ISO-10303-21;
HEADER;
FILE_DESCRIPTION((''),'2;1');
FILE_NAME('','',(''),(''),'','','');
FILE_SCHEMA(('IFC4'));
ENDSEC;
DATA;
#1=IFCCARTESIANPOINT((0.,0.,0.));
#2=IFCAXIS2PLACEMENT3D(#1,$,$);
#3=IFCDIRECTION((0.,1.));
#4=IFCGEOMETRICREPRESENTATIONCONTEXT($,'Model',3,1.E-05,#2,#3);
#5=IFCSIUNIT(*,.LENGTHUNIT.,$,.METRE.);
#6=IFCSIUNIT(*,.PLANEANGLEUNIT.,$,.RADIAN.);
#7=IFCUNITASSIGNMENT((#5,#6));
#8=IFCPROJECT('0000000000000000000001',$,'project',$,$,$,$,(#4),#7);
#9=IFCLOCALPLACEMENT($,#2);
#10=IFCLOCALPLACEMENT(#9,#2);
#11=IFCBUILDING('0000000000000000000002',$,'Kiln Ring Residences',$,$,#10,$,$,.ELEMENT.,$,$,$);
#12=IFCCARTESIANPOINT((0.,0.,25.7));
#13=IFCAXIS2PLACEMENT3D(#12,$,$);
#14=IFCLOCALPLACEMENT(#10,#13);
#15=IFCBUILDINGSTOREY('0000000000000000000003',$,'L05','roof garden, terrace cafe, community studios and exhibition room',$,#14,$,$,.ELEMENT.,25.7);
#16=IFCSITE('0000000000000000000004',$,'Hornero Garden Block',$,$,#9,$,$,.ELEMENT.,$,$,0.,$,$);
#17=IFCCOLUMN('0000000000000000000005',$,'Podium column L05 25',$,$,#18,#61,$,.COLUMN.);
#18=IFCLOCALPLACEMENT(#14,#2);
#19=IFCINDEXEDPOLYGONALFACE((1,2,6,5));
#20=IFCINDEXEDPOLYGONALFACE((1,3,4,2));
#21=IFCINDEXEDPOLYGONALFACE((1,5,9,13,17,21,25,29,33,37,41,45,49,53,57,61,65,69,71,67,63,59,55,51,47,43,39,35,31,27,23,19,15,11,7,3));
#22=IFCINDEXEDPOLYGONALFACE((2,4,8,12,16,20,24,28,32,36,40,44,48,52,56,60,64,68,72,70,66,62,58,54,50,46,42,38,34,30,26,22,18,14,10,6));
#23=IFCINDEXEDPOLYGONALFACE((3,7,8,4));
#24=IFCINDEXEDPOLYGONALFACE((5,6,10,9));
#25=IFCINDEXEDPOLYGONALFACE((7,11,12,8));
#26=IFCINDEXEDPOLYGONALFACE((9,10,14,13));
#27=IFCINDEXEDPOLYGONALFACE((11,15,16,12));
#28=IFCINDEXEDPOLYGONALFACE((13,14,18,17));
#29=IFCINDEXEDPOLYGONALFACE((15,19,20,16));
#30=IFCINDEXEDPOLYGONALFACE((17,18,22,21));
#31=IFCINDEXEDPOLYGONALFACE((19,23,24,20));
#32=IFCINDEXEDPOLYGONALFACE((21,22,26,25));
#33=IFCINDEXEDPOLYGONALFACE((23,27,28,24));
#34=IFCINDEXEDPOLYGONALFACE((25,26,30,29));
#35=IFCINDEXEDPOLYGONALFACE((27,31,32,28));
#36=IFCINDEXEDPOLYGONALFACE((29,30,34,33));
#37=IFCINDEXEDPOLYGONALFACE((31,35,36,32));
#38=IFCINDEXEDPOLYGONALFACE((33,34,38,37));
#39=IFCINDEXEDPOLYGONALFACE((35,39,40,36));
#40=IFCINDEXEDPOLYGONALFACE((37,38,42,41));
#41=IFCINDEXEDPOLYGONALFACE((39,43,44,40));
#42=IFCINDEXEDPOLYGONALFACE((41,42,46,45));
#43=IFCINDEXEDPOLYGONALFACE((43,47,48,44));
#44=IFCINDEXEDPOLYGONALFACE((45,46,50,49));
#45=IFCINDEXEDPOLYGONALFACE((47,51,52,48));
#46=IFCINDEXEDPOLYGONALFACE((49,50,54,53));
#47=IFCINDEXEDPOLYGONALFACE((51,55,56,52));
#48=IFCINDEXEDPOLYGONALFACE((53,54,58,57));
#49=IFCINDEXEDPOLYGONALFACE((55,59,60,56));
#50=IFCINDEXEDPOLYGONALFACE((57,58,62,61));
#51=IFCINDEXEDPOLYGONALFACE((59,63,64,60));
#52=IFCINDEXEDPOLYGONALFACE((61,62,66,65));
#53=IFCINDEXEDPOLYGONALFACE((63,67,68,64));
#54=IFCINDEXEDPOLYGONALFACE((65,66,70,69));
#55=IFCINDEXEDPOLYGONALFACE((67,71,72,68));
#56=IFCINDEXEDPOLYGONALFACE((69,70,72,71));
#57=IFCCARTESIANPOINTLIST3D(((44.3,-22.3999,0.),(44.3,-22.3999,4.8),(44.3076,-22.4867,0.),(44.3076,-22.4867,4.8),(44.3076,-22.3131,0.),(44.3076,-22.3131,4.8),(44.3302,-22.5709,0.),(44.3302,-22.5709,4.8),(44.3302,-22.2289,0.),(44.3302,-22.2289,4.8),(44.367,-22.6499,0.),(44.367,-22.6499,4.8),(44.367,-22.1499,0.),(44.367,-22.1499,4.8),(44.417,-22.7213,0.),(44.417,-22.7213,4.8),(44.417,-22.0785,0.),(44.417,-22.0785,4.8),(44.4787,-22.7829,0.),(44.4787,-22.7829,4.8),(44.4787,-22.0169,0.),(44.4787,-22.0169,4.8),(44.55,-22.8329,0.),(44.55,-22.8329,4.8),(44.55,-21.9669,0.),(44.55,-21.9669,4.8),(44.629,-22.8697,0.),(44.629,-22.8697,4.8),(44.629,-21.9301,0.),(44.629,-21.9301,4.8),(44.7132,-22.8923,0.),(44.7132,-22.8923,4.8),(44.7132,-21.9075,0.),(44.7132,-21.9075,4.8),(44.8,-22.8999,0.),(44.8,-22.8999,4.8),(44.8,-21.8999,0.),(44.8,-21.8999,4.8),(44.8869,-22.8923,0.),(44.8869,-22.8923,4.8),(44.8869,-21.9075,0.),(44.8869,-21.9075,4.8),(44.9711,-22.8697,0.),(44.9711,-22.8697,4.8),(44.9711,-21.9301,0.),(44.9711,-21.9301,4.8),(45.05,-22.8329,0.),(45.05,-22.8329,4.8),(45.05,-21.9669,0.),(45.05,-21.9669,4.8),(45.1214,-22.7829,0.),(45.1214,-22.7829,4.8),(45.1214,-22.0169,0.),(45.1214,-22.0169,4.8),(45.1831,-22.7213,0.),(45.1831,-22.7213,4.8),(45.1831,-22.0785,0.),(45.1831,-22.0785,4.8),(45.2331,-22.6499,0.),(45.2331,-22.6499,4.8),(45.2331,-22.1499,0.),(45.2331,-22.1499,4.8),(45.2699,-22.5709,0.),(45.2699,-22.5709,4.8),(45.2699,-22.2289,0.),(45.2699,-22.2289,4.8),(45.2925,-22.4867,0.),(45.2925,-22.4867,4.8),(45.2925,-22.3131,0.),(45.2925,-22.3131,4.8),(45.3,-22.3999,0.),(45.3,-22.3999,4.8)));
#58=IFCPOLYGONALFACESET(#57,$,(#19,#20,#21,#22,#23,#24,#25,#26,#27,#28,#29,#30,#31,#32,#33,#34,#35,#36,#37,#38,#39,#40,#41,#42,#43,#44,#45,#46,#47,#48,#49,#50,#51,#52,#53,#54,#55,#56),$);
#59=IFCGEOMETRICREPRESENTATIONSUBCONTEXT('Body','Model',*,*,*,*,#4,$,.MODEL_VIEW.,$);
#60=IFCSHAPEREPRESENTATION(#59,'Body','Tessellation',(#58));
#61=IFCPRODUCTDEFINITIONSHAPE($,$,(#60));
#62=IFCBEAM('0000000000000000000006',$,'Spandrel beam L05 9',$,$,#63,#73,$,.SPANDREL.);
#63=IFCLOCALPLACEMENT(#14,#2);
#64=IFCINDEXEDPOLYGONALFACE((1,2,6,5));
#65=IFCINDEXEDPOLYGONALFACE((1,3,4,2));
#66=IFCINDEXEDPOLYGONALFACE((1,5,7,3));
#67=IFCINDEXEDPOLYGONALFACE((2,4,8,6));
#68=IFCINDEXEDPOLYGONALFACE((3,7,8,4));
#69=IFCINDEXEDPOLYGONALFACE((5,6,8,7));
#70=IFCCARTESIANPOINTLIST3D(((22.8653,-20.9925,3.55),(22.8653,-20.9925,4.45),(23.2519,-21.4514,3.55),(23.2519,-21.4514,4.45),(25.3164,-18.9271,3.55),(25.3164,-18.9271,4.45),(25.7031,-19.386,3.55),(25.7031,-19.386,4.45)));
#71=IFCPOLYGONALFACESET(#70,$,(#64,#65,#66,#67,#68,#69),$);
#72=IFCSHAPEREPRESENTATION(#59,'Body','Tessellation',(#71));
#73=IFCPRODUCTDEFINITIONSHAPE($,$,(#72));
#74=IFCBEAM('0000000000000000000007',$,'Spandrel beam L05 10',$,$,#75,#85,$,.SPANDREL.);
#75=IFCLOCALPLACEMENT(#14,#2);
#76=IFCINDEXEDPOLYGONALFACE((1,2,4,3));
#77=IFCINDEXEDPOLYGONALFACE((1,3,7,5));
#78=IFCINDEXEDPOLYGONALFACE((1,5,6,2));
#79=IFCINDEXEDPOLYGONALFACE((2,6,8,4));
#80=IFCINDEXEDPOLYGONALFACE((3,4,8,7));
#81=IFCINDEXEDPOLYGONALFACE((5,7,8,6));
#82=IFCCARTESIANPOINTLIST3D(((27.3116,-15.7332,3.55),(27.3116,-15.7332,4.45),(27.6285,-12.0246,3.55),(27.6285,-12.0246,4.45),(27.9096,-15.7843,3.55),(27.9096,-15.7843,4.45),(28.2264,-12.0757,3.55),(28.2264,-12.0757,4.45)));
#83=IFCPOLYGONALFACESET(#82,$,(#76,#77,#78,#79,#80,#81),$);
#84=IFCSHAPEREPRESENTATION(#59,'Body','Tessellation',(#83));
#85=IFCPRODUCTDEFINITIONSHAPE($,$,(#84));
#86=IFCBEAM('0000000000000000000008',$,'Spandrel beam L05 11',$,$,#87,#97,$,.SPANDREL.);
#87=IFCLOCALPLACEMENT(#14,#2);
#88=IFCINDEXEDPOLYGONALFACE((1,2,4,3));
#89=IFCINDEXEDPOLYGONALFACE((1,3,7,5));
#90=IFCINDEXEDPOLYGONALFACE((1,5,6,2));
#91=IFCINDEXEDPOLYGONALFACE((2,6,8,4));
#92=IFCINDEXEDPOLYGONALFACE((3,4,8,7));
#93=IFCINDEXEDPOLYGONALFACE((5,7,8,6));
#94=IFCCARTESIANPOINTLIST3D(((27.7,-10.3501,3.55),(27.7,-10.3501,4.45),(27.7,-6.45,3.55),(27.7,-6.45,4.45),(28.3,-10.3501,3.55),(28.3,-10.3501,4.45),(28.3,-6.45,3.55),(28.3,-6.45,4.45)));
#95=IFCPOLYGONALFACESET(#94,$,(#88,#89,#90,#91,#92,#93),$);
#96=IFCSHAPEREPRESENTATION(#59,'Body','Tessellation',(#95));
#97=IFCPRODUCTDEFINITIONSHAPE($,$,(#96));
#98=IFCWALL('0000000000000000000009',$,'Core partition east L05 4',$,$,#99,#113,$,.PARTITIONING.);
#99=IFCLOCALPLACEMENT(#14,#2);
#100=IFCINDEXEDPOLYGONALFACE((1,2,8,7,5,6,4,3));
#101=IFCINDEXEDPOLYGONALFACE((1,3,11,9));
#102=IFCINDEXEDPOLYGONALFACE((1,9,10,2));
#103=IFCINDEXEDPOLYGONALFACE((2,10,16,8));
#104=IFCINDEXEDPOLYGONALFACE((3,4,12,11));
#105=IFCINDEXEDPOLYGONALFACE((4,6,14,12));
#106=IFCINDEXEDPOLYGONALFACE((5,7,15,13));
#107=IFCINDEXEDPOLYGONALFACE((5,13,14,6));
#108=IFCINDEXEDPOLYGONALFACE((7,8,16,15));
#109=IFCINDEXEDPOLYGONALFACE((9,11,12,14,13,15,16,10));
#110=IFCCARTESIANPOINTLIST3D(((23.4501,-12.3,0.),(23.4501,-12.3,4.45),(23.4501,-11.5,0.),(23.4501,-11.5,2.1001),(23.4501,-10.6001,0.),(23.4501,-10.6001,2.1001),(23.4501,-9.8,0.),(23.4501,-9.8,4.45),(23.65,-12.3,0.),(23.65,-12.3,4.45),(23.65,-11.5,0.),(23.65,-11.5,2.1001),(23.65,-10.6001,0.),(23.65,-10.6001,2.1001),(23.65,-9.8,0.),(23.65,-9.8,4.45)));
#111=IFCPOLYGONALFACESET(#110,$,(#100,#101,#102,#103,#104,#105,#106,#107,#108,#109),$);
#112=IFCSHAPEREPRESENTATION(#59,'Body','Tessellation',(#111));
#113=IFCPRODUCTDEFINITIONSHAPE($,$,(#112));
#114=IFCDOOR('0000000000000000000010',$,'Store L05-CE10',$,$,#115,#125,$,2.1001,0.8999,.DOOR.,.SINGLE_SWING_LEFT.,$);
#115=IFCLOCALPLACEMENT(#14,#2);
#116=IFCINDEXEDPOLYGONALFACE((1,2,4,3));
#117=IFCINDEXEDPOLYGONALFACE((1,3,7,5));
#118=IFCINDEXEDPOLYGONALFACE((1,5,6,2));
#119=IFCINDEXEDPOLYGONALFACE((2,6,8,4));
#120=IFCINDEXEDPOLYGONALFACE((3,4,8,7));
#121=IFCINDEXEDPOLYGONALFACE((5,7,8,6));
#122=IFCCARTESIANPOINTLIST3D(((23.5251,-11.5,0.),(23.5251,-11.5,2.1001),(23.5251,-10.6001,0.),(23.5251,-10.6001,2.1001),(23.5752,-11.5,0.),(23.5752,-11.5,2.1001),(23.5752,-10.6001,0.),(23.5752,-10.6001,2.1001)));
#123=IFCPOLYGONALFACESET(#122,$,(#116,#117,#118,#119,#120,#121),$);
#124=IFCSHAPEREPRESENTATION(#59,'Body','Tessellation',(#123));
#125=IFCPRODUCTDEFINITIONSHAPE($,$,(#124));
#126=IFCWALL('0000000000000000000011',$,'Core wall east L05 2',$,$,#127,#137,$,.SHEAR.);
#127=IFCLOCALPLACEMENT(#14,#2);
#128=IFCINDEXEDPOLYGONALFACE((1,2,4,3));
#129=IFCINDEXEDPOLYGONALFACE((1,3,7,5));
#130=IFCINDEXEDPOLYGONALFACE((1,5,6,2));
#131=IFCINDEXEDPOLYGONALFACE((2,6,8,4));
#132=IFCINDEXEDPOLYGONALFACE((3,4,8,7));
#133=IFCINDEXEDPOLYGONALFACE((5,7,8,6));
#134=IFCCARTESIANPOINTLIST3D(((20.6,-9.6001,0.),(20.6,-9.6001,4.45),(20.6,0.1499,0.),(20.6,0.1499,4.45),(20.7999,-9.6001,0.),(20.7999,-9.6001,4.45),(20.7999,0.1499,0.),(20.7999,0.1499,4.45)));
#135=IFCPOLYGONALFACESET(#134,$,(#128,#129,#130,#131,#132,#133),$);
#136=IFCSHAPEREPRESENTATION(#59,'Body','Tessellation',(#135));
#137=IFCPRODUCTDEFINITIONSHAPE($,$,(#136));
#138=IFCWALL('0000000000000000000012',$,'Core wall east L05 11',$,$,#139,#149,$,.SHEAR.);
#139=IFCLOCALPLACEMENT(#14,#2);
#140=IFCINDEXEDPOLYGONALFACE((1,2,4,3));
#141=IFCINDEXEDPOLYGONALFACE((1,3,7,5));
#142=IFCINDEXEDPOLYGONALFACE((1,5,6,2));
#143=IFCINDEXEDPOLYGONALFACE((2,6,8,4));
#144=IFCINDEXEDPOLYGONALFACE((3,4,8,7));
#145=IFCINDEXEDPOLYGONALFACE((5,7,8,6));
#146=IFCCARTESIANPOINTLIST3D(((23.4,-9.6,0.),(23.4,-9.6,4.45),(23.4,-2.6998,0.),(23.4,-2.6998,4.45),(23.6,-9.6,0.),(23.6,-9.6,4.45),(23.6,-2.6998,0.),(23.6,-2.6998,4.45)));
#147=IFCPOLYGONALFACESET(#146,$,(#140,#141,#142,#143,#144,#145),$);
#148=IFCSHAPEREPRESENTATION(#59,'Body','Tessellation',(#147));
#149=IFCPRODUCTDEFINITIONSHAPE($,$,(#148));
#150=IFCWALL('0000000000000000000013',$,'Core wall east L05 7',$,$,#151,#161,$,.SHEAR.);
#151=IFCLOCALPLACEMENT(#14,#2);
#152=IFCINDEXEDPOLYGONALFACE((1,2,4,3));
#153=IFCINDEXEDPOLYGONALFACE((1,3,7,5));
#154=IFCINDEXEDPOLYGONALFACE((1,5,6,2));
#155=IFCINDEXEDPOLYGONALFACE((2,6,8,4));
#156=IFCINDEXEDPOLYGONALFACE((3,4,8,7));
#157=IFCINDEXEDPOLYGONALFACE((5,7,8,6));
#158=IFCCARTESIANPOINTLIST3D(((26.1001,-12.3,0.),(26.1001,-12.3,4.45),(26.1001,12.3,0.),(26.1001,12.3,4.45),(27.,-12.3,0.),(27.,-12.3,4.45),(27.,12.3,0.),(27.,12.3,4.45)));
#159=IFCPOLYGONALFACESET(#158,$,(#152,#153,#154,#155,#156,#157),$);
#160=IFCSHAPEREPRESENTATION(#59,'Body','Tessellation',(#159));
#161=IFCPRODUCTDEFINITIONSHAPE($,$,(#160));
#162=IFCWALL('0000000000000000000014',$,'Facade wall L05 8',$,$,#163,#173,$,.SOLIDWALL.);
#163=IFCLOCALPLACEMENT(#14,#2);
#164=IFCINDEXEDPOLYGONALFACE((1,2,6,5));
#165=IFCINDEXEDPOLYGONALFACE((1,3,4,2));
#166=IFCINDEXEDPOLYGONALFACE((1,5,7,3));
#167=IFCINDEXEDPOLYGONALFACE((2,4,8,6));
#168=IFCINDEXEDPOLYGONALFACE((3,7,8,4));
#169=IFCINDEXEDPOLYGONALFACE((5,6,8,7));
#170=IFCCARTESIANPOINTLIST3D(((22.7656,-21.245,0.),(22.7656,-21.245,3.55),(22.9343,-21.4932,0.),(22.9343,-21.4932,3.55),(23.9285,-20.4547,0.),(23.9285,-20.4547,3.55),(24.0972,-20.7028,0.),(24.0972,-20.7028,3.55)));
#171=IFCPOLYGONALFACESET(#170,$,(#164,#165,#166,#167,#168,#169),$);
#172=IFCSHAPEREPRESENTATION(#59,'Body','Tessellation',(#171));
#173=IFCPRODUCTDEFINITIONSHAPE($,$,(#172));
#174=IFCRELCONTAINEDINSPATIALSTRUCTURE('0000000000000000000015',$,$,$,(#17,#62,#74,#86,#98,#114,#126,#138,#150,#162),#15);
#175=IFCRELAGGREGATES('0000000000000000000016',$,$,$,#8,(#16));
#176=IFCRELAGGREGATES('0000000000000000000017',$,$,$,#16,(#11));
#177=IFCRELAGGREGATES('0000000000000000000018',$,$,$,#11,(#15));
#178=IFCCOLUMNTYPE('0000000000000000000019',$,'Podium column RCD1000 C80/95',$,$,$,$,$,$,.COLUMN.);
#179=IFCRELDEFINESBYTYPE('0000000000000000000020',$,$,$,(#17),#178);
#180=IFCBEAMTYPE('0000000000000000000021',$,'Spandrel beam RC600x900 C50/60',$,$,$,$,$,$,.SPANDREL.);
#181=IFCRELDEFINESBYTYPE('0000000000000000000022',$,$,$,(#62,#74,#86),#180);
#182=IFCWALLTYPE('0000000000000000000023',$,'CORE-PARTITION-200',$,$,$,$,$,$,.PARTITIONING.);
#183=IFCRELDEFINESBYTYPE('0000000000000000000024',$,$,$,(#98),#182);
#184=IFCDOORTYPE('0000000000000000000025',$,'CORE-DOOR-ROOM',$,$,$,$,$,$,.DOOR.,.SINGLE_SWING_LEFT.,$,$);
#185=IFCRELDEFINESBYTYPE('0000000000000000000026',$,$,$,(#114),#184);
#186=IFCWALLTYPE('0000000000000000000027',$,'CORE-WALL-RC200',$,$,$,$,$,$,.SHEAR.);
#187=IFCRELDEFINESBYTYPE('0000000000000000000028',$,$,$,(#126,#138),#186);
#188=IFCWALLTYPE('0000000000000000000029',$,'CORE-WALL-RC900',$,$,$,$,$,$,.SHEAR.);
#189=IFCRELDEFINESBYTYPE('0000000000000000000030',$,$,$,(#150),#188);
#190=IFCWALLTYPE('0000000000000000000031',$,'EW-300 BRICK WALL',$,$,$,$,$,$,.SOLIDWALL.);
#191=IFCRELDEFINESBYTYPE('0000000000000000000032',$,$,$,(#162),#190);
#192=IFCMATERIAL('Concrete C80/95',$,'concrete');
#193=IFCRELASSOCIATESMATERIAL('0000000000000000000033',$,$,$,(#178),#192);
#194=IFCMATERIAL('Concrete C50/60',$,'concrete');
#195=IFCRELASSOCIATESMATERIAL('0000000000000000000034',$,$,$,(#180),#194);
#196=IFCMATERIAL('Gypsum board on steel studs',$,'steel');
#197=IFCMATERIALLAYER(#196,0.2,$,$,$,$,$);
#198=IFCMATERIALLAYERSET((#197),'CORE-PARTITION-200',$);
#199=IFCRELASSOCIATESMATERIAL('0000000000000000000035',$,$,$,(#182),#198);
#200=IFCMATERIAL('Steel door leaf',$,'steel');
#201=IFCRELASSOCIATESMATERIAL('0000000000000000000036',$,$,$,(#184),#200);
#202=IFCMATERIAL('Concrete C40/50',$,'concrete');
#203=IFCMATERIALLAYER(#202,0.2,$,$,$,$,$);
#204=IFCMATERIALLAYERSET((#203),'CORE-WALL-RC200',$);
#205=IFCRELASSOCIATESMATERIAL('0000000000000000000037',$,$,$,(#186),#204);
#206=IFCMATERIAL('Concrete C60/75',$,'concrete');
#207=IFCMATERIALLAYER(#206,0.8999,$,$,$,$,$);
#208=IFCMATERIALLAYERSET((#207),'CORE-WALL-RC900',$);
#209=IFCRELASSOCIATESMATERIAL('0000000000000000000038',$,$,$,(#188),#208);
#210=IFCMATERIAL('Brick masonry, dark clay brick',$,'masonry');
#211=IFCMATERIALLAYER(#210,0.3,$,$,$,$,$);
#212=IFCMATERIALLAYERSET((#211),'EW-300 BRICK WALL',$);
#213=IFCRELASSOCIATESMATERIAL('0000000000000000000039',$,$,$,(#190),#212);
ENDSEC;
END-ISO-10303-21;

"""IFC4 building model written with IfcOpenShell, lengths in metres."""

from ifc_helpers import new_model, si_unit, direction, frame, frame_2d, origin, origin_2d, place, context, subcontext, project, spatial, rectangle, circle, extrude, material, layer, layer_set, material_profile, profile_set, type_object, element, fill, save


model = new_model("IFC4")

# Units and contexts
model_context = context("Model", 3, precision=1e-05, world=origin(), true_north=direction((0.0, 1.0)))
body_context = subcontext(model_context, "Body", "Model", "MODEL_VIEW")
ifc_project = project(units=[si_unit("LENGTHUNIT", "METRE"), si_unit("PLANEANGLEUNIT", "RADIAN")], contexts=[model_context])

# Site, building, storey
site_placement = place(None, origin())
site = spatial("IfcSite", under=ifc_project, at=site_placement, Name="Hornero Garden Block", CompositionType="ELEMENT", RefElevation=0.0)
building_placement = place(site_placement, origin())
building = spatial("IfcBuilding", under=site, at=building_placement, Name="Kiln Ring Residences", CompositionType="ELEMENT")
storey_placement = place(building_placement, frame((0.0, 0.0, 25.7)))
storey = spatial("IfcBuildingStorey", under=building, at=storey_placement, Name="L05", Description="roof garden, terrace cafe, community studios and exhibition room", CompositionType="ELEMENT", Elevation=25.7)

# Column
ifc_material_1 = material(Name="Concrete C80/95", Category="concrete")
ifc_material_profile_1 = material_profile(ifc_material_1, circle(Radius=0.5, at=origin_2d()), Name="RCD1000")
ifc_profile_set_1 = profile_set([ifc_material_profile_1], Name="Concrete C80/95")
column_type_1 = type_object("IfcColumnType", Name="Podium column RCD1000 C80/95", PredefinedType="COLUMN", material=ifc_profile_set_1)
for number, where, z_axis, x_axis, name in (
    (1, (44.8, -22.3999, 0.0), (0.0, 0.0, 1.0), (1.0, 0.0, 0.0), "Podium column L05 25"),
):
    element("IfcColumn", number, at=place(storey_placement, frame(where, z_axis=z_axis, x_axis=x_axis)), inside=storey, type_object=column_type_1, Name=name, PredefinedType="COLUMN", context=body_context, shape_type="SweptSolid", body=[
        extrude(circle(Radius=0.5, at=origin_2d()), origin(), (0.0, 0.0, 1.0), 4.8),
    ])

# Beams
ifc_material_2 = material(Name="Concrete C50/60", Category="concrete")
ifc_material_profile_2 = material_profile(ifc_material_2, rectangle(XDim=0.6001, YDim=0.8999, at=origin_2d()), Name="RC600x900")
ifc_profile_set_2 = profile_set([ifc_material_profile_2], Name="Concrete C50/60")
beam_type = type_object("IfcBeamType", Name="Spandrel beam RC600x900 C50/60", PredefinedType="SPANDREL", material=ifc_profile_set_2)
beam_1_placement = place(storey_placement, frame((23.0586, -21.2219, 4.0), z_axis=(0.764714, 0.64437, 0.0), x_axis=(-0.64437, 0.764714, 0.0)))
element("IfcBeam", 2, at=beam_1_placement, inside=storey, type_object=beam_type, Name="Spandrel beam L05 9", PredefinedType="SPANDREL", context=body_context, shape_type="SweptSolid", body=[
    extrude(rectangle(XDim=0.6001, YDim=0.8999, at=origin_2d()), origin(), (0.0, 0.0, 1.0), 3.2053),
])
beam_2_placement = place(storey_placement, frame((27.6106, -15.7588, 4.0), z_axis=(0.085135, 0.996369, 0.0), x_axis=(-0.996369, 0.085135, 0.0)))
element("IfcBeam", 3, at=beam_2_placement, inside=storey, type_object=beam_type, Name="Spandrel beam L05 10", PredefinedType="SPANDREL", context=body_context, shape_type="SweptSolid", body=[
    extrude(rectangle(XDim=0.6001, YDim=0.8999, at=origin_2d()), origin(), (0.0, 0.0, 1.0), 3.7222),
])
beam_3_placement = place(storey_placement, frame((28.0, -10.3501, 4.0), z_axis=(0.0, 1.0, 0.0), x_axis=(-1.0, 0.0, 0.0)))
element("IfcBeam", 4, at=beam_3_placement, inside=storey, type_object=beam_type, Name="Spandrel beam L05 11", PredefinedType="SPANDREL", context=body_context, shape_type="SweptSolid", body=[
    extrude(rectangle(XDim=0.6001, YDim=0.8999, at=origin_2d()), origin(), (0.0, 0.0, 1.0), 3.9001),
])

# Wall, opening, door
ifc_material_3 = material(Name="Gypsum board on steel studs", Category="steel")
ifc_layer_1 = layer(ifc_material_3, 0.2)
ifc_layer_set_1 = layer_set([ifc_layer_1], Name="CORE-PARTITION-200")
wall_type_1 = type_object("IfcWallType", Name="CORE-PARTITION-200", PredefinedType="PARTITIONING", material=ifc_layer_set_1)
wall_1_placement = place(storey_placement, frame((23.55, -12.3, 0.0), z_axis=(0.0, 0.0, 1.0), x_axis=(0.0, 1.0, 0.0)))
wall_1 = element("IfcWall", 5, at=wall_1_placement, inside=storey, type_object=wall_type_1, Name="Core partition east L05 4", PredefinedType="PARTITIONING", context=body_context, shape_type="SweptSolid", body=[
    extrude(rectangle(XDim=2.5, YDim=0.2, at=frame_2d((1.25, 0.0))), origin(), (0.0, 0.0, 1.0), 4.45),
])
opening_placement = place(wall_1_placement, frame((0.8, 0.0, 0.0)))
opening = element("IfcOpeningElement", 6, at=opening_placement, cuts=wall_1, PredefinedType="OPENING", context=body_context, shape_type="SweptSolid", body=[
    extrude(rectangle(XDim=0.8999, YDim=2.1001, at=frame_2d((0.45, 1.05))), frame((0.0, 0.1099, 0.0), z_axis=(0.0, -1.0, 0.0), x_axis=(1.0, 0.0, 0.0)), (0.0, 0.0, 1.0), 0.22),
])
ifc_material_4 = material(Name="Steel door leaf", Category="steel")
door_type = type_object("IfcDoorType", Name="CORE-DOOR-ROOM", OperationType="SINGLE_SWING_LEFT", PredefinedType="DOOR", material=ifc_material_4)
door_placement = place(opening_placement, origin())
door = element("IfcDoor", 7, at=door_placement, inside=storey, type_object=door_type, Name="Store L05-CE10", OperationType="SINGLE_SWING_LEFT", OverallHeight=2.1001, OverallWidth=0.8999, PredefinedType="DOOR", context=body_context, shape_type="SweptSolid", body=[
    extrude(rectangle(XDim=0.8999, YDim=2.1001, at=frame_2d((0.45, 1.05))), frame((0.0, 0.0249, 0.0), z_axis=(0.0, -1.0, 0.0), x_axis=(1.0, 0.0, 0.0)), (0.0, 0.0, 1.0), 0.05),
])
fill(opening, door)

# Walls
ifc_material_5 = material(Name="Concrete C40/50", Category="concrete")
ifc_layer_2 = layer(ifc_material_5, 0.2)
ifc_layer_set_2 = layer_set([ifc_layer_2], Name="CORE-WALL-RC200")
wall_type_2 = type_object("IfcWallType", Name="CORE-WALL-RC200", PredefinedType="SHEAR", material=ifc_layer_set_2)
wall_2_placement = place(storey_placement, frame((20.7, -9.6001, 0.0), z_axis=(0.0, 0.0, 1.0), x_axis=(0.0, 1.0, 0.0)))
element("IfcWall", 8, at=wall_2_placement, inside=storey, type_object=wall_type_2, Name="Core wall east L05 2", PredefinedType="SHEAR", context=body_context, shape_type="SweptSolid", body=[
    extrude(rectangle(XDim=9.75, YDim=0.2, at=frame_2d((4.875, 0.0))), origin(), (0.0, 0.0, 1.0), 4.45),
])
wall_3_placement = place(storey_placement, frame((23.5, -9.6001, 0.0), z_axis=(0.0, 0.0, 1.0), x_axis=(0.0, 1.0, 0.0)))
element("IfcWall", 9, at=wall_3_placement, inside=storey, type_object=wall_type_2, Name="Core wall east L05 11", PredefinedType="SHEAR", context=body_context, shape_type="SweptSolid", body=[
    extrude(rectangle(XDim=6.9001, YDim=0.2, at=frame_2d((3.4502, 0.0))), origin(), (0.0, 0.0, 1.0), 4.45),
])
ifc_material_6 = material(Name="Concrete C60/75", Category="concrete")
ifc_layer_3 = layer(ifc_material_6, 0.8999)
ifc_layer_set_3 = layer_set([ifc_layer_3], Name="CORE-WALL-RC900")
wall_type_3 = type_object("IfcWallType", Name="CORE-WALL-RC900", PredefinedType="SHEAR", material=ifc_layer_set_3)
wall_4_placement = place(storey_placement, frame((26.55, -12.3, 0.0), z_axis=(0.0, 0.0, 1.0), x_axis=(0.0, 1.0, 0.0)))
element("IfcWall", 10, at=wall_4_placement, inside=storey, type_object=wall_type_3, Name="Core wall east L05 7", PredefinedType="SHEAR", context=body_context, shape_type="SweptSolid", body=[
    extrude(rectangle(XDim=24.6001, YDim=0.8999, at=frame_2d((12.3, 0.0))), origin(), (0.0, 0.0, 1.0), 4.45),
])
ifc_material_7 = material(Name="Brick masonry, dark clay brick", Category="masonry")
ifc_layer_4 = layer(ifc_material_7, 0.3)
ifc_layer_set_4 = layer_set([ifc_layer_4], Name="EW-300 BRICK WALL")
wall_type_4 = type_object("IfcWallType", Name="EW-300 BRICK WALL", PredefinedType="SOLIDWALL", material=ifc_layer_set_4)
wall_5_placement = place(storey_placement, frame((22.8499, -21.3691, 0.0), z_axis=(0.0, 0.0, 1.0), x_axis=(0.827075, 0.562092, 0.0)))
element("IfcWall", 11, at=wall_5_placement, inside=storey, type_object=wall_type_4, Name="Facade wall L05 8", PredefinedType="SOLIDWALL", context=body_context, shape_type="SweptSolid", body=[
    extrude(rectangle(XDim=1.406, YDim=0.3, at=frame_2d((0.7031, 0.0))), origin(), (0.0, 0.0, 1.0), 3.55),
])

save(model, "model.ifc")
